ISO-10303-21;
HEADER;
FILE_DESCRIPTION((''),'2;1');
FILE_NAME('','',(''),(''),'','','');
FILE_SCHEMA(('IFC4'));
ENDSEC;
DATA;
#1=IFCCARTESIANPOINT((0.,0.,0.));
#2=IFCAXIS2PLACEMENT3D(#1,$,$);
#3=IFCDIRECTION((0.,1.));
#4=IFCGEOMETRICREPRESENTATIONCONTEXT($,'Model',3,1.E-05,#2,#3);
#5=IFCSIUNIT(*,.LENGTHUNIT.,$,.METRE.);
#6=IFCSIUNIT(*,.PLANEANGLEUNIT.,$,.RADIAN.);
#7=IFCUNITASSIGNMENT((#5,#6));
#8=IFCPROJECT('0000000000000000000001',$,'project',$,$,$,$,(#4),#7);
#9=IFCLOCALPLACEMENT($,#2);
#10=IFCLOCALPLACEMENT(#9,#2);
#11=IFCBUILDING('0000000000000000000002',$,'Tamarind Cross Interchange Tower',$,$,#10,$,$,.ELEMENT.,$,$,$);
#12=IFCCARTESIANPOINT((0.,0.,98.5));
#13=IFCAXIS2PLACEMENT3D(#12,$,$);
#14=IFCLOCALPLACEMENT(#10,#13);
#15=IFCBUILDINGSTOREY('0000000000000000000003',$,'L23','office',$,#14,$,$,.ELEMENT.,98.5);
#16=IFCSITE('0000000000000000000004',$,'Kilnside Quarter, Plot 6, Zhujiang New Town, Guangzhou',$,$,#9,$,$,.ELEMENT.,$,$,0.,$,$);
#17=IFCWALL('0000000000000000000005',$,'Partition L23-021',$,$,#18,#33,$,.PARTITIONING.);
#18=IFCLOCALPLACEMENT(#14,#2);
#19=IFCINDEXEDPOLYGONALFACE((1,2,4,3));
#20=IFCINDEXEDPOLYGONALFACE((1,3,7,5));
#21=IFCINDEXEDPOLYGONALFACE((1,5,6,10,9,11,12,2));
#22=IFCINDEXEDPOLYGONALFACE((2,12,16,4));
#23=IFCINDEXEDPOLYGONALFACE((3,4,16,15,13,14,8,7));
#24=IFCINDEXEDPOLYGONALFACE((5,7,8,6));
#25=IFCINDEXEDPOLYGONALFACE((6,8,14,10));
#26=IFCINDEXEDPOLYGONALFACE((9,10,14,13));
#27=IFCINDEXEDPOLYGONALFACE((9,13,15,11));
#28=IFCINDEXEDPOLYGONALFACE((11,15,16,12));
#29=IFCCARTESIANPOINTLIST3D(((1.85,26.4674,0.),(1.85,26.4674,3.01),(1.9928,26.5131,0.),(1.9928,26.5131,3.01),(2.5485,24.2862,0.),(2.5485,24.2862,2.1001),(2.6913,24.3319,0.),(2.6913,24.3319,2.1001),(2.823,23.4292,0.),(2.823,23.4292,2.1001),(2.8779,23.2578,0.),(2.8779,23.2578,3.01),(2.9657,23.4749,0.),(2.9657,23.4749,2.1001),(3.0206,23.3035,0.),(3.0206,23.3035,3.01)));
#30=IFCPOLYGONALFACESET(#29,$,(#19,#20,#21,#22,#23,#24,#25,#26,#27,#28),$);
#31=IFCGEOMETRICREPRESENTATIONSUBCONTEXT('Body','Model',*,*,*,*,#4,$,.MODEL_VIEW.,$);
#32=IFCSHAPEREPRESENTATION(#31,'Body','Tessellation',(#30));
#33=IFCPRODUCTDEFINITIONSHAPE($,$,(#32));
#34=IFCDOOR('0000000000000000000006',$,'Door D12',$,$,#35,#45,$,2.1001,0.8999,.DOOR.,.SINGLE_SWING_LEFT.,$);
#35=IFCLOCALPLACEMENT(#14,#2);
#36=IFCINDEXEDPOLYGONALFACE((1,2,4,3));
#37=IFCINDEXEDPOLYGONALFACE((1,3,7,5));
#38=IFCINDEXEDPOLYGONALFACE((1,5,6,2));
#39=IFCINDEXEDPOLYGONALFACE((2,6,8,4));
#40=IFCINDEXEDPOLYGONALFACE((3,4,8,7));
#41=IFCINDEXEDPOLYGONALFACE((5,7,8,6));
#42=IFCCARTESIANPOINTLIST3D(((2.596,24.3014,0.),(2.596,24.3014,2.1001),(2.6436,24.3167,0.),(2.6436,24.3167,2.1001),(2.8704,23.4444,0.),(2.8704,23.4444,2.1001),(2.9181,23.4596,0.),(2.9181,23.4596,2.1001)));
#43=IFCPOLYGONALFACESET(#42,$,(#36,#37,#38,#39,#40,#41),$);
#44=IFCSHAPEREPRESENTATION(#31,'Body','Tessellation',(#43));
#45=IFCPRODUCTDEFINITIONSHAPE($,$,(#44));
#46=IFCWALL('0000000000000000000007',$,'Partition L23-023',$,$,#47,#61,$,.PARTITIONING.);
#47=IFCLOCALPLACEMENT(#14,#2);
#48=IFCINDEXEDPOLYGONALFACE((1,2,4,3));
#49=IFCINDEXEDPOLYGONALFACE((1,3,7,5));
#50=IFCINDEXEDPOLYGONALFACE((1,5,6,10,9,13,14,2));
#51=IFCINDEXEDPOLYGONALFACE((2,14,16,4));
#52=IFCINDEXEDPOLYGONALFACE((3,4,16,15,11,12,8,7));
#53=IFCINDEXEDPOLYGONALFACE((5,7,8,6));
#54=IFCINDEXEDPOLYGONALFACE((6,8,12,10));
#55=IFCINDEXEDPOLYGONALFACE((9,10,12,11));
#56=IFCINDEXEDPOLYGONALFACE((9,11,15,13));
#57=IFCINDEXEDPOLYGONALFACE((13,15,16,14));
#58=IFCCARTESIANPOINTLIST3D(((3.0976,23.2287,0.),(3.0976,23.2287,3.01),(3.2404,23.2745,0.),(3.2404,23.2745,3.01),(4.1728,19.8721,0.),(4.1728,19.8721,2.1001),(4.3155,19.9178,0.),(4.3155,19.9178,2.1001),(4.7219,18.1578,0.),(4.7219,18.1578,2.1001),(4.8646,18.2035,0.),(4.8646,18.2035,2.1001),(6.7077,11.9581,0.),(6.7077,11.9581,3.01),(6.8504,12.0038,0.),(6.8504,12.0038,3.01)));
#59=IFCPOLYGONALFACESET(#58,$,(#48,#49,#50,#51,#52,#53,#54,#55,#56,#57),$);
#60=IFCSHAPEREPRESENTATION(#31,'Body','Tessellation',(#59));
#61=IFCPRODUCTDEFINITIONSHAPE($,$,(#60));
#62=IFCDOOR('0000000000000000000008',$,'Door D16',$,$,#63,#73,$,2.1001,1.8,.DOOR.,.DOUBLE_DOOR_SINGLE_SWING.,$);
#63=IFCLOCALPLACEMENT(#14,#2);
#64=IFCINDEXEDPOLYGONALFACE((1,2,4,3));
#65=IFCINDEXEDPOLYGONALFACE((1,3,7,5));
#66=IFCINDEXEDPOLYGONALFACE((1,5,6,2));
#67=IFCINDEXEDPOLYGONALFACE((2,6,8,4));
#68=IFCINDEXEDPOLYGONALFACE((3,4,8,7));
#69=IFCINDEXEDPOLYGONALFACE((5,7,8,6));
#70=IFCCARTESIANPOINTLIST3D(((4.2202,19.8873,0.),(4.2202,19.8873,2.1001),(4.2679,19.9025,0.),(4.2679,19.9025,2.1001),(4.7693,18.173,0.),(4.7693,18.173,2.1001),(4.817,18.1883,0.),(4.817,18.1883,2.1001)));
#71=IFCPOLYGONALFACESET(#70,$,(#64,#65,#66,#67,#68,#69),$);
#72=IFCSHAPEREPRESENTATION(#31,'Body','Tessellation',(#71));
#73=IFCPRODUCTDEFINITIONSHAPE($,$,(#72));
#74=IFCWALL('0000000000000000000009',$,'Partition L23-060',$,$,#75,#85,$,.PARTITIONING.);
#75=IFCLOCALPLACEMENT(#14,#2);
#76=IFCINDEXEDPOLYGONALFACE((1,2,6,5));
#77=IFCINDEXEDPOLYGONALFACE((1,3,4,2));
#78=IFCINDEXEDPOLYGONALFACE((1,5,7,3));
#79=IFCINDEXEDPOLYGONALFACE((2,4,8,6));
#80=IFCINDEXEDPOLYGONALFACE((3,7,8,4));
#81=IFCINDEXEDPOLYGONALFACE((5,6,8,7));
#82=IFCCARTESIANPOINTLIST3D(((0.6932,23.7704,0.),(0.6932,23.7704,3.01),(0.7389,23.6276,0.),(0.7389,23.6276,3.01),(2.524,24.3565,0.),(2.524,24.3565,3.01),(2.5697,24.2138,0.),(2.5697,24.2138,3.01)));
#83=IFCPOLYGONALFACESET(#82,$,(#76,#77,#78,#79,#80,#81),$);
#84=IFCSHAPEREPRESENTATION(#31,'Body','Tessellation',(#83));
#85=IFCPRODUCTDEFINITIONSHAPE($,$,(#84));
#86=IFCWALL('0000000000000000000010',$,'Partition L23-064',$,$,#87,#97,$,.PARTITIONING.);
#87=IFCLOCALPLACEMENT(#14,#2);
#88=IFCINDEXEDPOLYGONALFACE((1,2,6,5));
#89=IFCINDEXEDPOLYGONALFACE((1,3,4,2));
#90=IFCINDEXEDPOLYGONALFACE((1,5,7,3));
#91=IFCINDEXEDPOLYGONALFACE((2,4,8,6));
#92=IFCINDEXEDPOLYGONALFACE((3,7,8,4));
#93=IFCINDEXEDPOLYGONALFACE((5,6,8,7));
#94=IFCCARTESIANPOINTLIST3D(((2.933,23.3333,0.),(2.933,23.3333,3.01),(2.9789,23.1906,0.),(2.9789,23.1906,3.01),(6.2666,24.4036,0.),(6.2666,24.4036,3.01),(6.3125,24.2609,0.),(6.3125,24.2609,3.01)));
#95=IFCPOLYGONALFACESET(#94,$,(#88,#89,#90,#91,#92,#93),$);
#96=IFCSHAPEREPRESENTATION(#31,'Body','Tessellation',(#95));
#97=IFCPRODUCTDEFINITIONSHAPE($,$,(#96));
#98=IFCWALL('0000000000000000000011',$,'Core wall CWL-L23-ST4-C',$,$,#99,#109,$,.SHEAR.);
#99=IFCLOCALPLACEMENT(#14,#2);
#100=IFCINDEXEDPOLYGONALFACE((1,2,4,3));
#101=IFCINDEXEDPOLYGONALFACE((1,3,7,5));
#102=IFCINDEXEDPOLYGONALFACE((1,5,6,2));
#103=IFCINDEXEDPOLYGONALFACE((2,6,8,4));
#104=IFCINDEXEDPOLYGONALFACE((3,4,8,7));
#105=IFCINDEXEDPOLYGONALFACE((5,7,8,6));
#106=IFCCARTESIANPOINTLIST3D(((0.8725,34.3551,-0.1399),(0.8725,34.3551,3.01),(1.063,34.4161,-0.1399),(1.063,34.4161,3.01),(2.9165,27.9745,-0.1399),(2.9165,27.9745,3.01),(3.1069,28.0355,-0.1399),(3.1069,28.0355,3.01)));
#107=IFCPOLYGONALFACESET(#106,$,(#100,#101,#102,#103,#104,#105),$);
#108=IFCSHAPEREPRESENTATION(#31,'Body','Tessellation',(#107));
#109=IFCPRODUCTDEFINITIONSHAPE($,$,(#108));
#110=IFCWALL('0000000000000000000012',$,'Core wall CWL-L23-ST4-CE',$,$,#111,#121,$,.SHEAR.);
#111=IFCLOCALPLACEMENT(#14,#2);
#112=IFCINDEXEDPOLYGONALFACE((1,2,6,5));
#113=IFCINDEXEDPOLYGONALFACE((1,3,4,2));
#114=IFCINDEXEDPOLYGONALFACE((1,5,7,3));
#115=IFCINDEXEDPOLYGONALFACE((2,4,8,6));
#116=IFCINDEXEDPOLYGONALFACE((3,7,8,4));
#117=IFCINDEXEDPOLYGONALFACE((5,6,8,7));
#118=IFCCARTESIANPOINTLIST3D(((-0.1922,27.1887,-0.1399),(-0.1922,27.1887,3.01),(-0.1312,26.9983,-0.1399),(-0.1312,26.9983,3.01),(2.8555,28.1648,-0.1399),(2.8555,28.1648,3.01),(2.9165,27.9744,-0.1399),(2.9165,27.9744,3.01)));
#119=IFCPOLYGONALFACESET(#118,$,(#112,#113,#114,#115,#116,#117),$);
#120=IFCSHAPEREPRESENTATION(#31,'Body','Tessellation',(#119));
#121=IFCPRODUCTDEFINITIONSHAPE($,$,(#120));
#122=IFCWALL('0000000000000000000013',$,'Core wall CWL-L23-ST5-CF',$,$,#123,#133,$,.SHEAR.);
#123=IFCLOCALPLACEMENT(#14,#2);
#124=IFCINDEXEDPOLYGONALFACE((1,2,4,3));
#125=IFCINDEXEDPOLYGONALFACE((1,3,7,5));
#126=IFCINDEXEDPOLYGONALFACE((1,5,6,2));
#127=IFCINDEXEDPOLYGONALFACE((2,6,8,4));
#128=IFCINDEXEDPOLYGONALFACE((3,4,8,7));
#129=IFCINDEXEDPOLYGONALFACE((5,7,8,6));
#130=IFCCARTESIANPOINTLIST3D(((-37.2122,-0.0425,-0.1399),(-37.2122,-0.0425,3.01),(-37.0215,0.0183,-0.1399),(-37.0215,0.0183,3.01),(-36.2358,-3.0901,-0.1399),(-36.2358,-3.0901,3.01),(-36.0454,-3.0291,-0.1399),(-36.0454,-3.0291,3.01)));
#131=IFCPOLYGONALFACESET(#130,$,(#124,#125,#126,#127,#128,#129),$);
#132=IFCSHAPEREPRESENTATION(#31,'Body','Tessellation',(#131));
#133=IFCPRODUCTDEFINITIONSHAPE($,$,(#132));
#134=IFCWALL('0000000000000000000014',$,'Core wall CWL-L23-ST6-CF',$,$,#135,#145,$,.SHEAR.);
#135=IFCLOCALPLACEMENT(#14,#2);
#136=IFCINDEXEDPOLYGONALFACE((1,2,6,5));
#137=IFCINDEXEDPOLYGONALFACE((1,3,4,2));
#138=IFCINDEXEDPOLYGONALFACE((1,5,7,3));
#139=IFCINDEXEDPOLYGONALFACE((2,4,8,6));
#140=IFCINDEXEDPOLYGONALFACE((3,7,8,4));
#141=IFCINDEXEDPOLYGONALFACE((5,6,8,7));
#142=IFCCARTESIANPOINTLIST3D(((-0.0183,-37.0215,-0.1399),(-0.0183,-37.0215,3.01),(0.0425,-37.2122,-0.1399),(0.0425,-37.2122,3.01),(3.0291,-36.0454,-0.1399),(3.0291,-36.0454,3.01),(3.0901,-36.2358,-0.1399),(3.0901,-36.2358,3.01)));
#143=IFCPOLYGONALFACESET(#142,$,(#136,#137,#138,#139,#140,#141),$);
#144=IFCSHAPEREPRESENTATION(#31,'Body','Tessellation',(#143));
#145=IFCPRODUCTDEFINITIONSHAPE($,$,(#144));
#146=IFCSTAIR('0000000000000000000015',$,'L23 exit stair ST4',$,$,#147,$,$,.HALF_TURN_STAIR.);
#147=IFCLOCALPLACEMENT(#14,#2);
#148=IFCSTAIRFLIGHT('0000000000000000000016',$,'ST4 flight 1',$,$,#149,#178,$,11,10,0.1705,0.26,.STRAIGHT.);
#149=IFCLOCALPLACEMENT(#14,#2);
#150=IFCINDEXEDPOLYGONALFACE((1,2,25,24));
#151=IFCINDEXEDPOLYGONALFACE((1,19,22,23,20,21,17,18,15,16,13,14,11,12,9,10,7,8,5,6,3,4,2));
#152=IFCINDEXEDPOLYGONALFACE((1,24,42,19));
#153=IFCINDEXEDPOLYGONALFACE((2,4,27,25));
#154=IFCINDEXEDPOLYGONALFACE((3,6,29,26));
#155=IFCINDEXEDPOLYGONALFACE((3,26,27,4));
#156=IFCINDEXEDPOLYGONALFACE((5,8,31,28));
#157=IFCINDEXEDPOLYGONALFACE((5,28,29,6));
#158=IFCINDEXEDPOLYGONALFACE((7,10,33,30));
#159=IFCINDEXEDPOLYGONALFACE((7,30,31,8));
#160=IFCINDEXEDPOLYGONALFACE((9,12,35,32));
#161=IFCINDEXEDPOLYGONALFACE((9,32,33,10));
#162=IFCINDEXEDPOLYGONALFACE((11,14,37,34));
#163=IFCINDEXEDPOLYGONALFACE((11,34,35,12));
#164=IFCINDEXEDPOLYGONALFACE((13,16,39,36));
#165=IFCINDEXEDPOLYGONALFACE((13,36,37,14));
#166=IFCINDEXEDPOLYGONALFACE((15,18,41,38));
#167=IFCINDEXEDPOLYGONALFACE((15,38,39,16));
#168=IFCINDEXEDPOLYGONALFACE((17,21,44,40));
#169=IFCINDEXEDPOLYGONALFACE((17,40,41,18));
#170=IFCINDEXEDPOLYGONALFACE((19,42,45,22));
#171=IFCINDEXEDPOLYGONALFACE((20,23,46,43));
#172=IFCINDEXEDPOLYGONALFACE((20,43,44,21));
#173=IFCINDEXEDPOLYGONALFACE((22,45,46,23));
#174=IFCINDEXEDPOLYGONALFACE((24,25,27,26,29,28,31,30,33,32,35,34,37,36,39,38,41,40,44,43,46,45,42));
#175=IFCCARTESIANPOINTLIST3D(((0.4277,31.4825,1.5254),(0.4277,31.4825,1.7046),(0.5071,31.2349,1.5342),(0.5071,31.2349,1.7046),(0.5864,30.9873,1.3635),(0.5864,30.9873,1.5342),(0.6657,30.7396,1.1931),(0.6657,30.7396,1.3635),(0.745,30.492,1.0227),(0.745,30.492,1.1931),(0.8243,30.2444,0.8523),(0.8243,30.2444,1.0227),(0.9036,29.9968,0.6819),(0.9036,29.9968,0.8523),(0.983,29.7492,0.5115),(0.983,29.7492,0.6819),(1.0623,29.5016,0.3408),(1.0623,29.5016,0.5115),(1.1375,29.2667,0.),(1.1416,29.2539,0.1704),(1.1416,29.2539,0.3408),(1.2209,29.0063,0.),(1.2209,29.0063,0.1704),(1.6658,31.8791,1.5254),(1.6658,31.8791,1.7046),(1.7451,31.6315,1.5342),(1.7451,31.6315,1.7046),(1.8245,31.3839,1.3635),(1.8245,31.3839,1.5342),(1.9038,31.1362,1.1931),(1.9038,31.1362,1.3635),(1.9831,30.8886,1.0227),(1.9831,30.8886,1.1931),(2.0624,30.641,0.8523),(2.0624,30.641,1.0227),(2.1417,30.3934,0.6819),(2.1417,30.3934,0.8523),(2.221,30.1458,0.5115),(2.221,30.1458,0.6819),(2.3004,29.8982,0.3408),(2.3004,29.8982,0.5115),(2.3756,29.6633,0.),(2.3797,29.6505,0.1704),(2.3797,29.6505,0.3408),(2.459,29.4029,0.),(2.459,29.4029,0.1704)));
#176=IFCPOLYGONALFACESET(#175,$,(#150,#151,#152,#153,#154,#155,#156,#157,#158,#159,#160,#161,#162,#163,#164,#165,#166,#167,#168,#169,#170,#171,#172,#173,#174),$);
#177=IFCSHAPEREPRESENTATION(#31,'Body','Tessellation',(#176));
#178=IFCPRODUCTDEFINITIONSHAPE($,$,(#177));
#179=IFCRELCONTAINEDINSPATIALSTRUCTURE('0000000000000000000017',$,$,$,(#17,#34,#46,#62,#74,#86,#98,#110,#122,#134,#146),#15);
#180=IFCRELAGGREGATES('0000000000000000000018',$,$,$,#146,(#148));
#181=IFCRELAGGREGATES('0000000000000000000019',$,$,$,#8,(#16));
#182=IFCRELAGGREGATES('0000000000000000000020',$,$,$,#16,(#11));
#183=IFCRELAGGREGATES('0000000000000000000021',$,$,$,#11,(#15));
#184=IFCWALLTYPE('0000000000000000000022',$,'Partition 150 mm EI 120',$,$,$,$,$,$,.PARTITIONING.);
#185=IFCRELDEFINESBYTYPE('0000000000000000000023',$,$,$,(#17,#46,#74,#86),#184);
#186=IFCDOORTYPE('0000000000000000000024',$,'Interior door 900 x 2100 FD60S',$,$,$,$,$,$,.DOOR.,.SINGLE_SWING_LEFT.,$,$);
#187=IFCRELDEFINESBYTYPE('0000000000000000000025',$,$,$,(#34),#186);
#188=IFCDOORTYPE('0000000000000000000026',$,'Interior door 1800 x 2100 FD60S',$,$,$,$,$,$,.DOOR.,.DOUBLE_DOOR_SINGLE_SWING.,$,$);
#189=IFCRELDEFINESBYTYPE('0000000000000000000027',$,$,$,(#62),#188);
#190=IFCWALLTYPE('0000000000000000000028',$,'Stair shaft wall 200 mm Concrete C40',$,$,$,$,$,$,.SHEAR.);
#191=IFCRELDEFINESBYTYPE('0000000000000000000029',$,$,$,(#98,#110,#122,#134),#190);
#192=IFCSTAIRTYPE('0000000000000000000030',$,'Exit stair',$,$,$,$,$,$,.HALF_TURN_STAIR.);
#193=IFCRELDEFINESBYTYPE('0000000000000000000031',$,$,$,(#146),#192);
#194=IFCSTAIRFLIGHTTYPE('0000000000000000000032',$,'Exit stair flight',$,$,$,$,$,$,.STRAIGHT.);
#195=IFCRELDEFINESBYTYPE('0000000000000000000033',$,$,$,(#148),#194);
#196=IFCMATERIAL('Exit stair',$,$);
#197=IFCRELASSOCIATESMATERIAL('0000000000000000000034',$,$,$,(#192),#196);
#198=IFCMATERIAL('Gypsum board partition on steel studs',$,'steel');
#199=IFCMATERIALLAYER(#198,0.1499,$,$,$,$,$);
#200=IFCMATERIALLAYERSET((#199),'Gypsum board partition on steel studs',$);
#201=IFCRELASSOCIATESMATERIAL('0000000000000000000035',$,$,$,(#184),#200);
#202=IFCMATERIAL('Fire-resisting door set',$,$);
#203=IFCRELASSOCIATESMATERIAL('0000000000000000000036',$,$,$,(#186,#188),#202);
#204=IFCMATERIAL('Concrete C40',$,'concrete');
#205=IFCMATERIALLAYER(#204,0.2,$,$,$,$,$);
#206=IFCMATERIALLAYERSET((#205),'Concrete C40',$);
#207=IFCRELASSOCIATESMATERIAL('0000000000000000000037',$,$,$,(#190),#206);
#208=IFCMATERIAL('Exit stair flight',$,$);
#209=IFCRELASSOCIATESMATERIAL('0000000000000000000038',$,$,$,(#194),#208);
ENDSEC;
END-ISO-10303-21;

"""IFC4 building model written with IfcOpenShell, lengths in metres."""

from ifc_helpers import new_model, si_unit, direction, frame, frame_2d, origin, place, context, subcontext, project, spatial, polyline, rectangle, outline, extrude, material, layer, layer_set, type_object, element, fill, aggregate, save


model = new_model("IFC4")

# Units and contexts
model_context = context("Model", 3, precision=1e-05, world=origin(), true_north=direction((0.0, 1.0)))
body_context = subcontext(model_context, "Body", "Model", "MODEL_VIEW")
ifc_project = project(units=[si_unit("LENGTHUNIT", "METRE"), si_unit("PLANEANGLEUNIT", "RADIAN")], contexts=[model_context])

# Site, building, storey
site_placement = place(None, origin())
site = spatial("IfcSite", under=ifc_project, at=site_placement, Name="Kilnside Quarter, Plot 6, Zhujiang New Town, Guangzhou", CompositionType="ELEMENT", RefElevation=0.0)
building_placement = place(site_placement, origin())
building = spatial("IfcBuilding", under=site, at=building_placement, Name="Tamarind Cross Interchange Tower", CompositionType="ELEMENT")
storey_placement = place(building_placement, frame((0.0, 0.0, 98.5)))
storey = spatial("IfcBuildingStorey", under=building, at=storey_placement, Name="L23", Description="office", CompositionType="ELEMENT", Elevation=98.5)

# Shared definitions
ifc_material_1 = material(Name="Exit stair")
stair_type = type_object("IfcStairType", Name="Exit stair", PredefinedType="HALF_TURN_STAIR", material=ifc_material_1)
ifc_material_2 = material(Name="Concrete C40", Category="concrete")

# Shared definitions
ifc_material_3 = material(Name="Gypsum board partition on steel studs", Category="steel")

# Walls, openings, doors
ifc_layer_1 = layer(ifc_material_3, 0.1499)
ifc_layer_set_1 = layer_set([ifc_layer_1], Name="Gypsum board partition on steel studs")
wall_type_1 = type_object("IfcWallType", Name="Partition 150 mm EI 120", PredefinedType="PARTITIONING", material=ifc_layer_set_1)
wall_1_placement = place(storey_placement, frame((1.9214, 26.4902, 0.0), z_axis=(0.0, 0.0, 1.0), x_axis=(0.304991, -0.952355, 0.0)))
wall_1 = element("IfcWall", 1, at=wall_1_placement, inside=storey, type_object=wall_type_1, Name="Partition L23-021", PredefinedType="PARTITIONING", context=body_context, shape_type="SweptSolid", body=[
    extrude(rectangle(XDim=3.3701, YDim=0.1499, at=frame_2d((1.6851, 0.0))), origin(), (0.0, 0.0, 1.0), 3.01),
])
opening_1_placement = place(wall_1_placement, frame((2.2903, 0.0, 0.0)))
opening_1 = element("IfcOpeningElement", 2, at=opening_1_placement, cuts=wall_1, PredefinedType="OPENING", context=body_context, shape_type="SweptSolid", body=[
    extrude(rectangle(XDim=0.8999, YDim=2.1001, at=frame_2d((0.45, 1.05))), frame((0.0, 0.085, 0.0), z_axis=(0.0, -1.0, 0.0), x_axis=(1.0, 0.0, 0.0)), (0.0, 0.0, 1.0), 0.1699),
])
ifc_material_4 = material(Name="Fire-resisting door set")
door_type_1 = type_object("IfcDoorType", Name="Interior door 900 x 2100 FD60S", OperationType="SINGLE_SWING_LEFT", PredefinedType="DOOR", material=ifc_material_4)
door_1_placement = place(opening_1_placement, origin())
door_1 = element("IfcDoor", 3, at=door_1_placement, inside=storey, type_object=door_type_1, Name="Door D12", OperationType="SINGLE_SWING_LEFT", OverallHeight=2.1001, OverallWidth=0.8999, PredefinedType="DOOR", context=body_context, shape_type="SweptSolid", body=[
    extrude(rectangle(XDim=0.8999, YDim=2.1001, at=frame_2d((0.45, 1.05))), frame((0.0, 0.0249, 0.0), z_axis=(0.0, -1.0, 0.0), x_axis=(1.0, 0.0, 0.0)), (0.0, 0.0, 1.0), 0.05),
])
fill(opening_1, door_1)
wall_2_placement = place(storey_placement, frame((3.1689, 23.2517, 0.0), z_axis=(0.0, 0.0, 1.0), x_axis=(0.305041, -0.952339, 0.0)))
wall_2 = element("IfcWall", 4, at=wall_2_placement, inside=storey, type_object=wall_type_1, Name="Partition L23-023", PredefinedType="PARTITIONING", context=body_context, shape_type="SweptSolid", body=[
    extrude(rectangle(XDim=11.8347, YDim=0.1499, at=frame_2d((5.9175, 0.0))), origin(), (0.0, 0.0, 1.0), 3.01),
])
opening_2_placement = place(wall_2_placement, frame((3.5249, 0.0, 0.0)))
opening_2 = element("IfcOpeningElement", 5, at=opening_2_placement, cuts=wall_2, PredefinedType="OPENING", context=body_context, shape_type="SweptSolid", body=[
    extrude(rectangle(XDim=1.8, YDim=2.1001, at=frame_2d((0.8999, 1.05))), frame((0.0, 0.085, 0.0), z_axis=(0.0, -1.0, 0.0), x_axis=(1.0, 0.0, 0.0)), (0.0, 0.0, 1.0), 0.1699),
])
door_type_2 = type_object("IfcDoorType", Name="Interior door 1800 x 2100 FD60S", OperationType="DOUBLE_DOOR_SINGLE_SWING", PredefinedType="DOOR", material=ifc_material_4)
door_2_placement = place(opening_2_placement, origin())
door_2 = element("IfcDoor", 6, at=door_2_placement, inside=storey, type_object=door_type_2, Name="Door D16", OperationType="DOUBLE_DOOR_SINGLE_SWING", OverallHeight=2.1001, OverallWidth=1.8, PredefinedType="DOOR", context=body_context, shape_type="SweptSolid", body=[
    extrude(rectangle(XDim=1.8, YDim=2.1001, at=frame_2d((0.8999, 1.05))), frame((0.0, 0.0249, 0.0), z_axis=(0.0, -1.0, 0.0), x_axis=(1.0, 0.0, 0.0)), (0.0, 0.0, 1.0), 0.05),
])
fill(opening_2, door_2)

# Walls
wall_3_placement = place(storey_placement, frame((0.7161, 23.699, 0.0), z_axis=(0.0, 0.0, 1.0), x_axis=(0.952375, 0.304928, 0.0)))
element("IfcWall", 7, at=wall_3_placement, inside=storey, type_object=wall_type_1, Name="Partition L23-060", PredefinedType="PARTITIONING", context=body_context, shape_type="SweptSolid", body=[
    extrude(rectangle(XDim=1.9224, YDim=0.1499, at=frame_2d((0.9612, 0.0))), origin(), (0.0, 0.0, 1.0), 3.01),
])
wall_4_placement = place(storey_placement, frame((2.9561, 23.262, 0.0), z_axis=(0.0, 0.0, 1.0), x_axis=(0.952126, 0.305707, 0.0)))
element("IfcWall", 8, at=wall_4_placement, inside=storey, type_object=wall_type_1, Name="Partition L23-064", PredefinedType="PARTITIONING", context=body_context, shape_type="SweptSolid", body=[
    extrude(rectangle(XDim=3.5012, YDim=0.1499, at=frame_2d((1.7505, 0.0))), origin(), (0.0, 0.0, 1.0), 3.01),
])
ifc_layer_2 = layer(ifc_material_2, 0.2)
ifc_layer_set_2 = layer_set([ifc_layer_2], Name="Concrete C40")
wall_type_2 = type_object("IfcWallType", Name="Stair shaft wall 200 mm Concrete C40", PredefinedType="SHEAR", material=ifc_layer_set_2)
wall_5_placement = place(storey_placement, frame((3.0117, 28.0049, -0.1399), z_axis=(0.0, 0.0, 1.0), x_axis=(-0.305067, 0.952331, 0.0)))
element("IfcWall", 9, at=wall_5_placement, inside=storey, type_object=wall_type_2, Name="Core wall CWL-L23-ST4-C", PredefinedType="SHEAR", context=body_context, shape_type="SweptSolid", body=[
    extrude(rectangle(XDim=6.7, YDim=0.2, at=frame_2d((3.3501, 0.0))), origin(), (0.0, 0.0, 1.0), 3.1499),
])
wall_6_placement = place(storey_placement, frame((2.886, 28.0696, -0.1399), z_axis=(0.0, 0.0, 1.0), x_axis=(-0.952348, -0.305014, 0.0)))
element("IfcWall", 10, at=wall_6_placement, inside=storey, type_object=wall_type_2, Name="Core wall CWL-L23-ST4-CE", PredefinedType="SHEAR", context=body_context, shape_type="SweptSolid", body=[
    extrude(rectangle(XDim=3.2002, YDim=0.2, at=frame_2d((1.6001, 0.0))), origin(), (0.0, 0.0, 1.0), 3.1499),
])
wall_7_placement = place(storey_placement, frame((0.0, 0.0, -0.1399)))
element("IfcWall", 11, at=wall_7_placement, inside=storey, type_object=wall_type_2, Name="Core wall CWL-L23-ST5-CF", PredefinedType="SHEAR", context=body_context, shape_type="SweptSolid", body=[
    extrude(outline(polyline([(-37.0215, 0.0183), (-37.2122, -0.0425), (-36.2358, -3.0901), (-36.0454, -3.0291), (-37.0215, 0.0183)])), origin(), (0.0, 0.0, 1.0), 3.1499),
])
wall_8_placement = place(storey_placement, frame((0.0, 0.0, -0.1399)))
element("IfcWall", 12, at=wall_8_placement, inside=storey, type_object=wall_type_2, Name="Core wall CWL-L23-ST6-CF", PredefinedType="SHEAR", context=body_context, shape_type="SweptSolid", body=[
    extrude(outline(polyline([(-0.0183, -37.0215), (0.0425, -37.2122), (3.0901, -36.2358), (3.0291, -36.0454), (-0.0183, -37.0215)])), origin(), (0.0, 0.0, 1.0), 3.1499),
])

# Stair, stair flight
stair_1_placement = place(storey_placement, origin())
stair_1 = element("IfcStair", 13, at=stair_1_placement, inside=storey, type_object=stair_type, Name="L23 exit stair ST4", PredefinedType="HALF_TURN_STAIR")
ifc_material_5 = material(Name="Exit stair flight")
stair_flight_type = type_object("IfcStairFlightType", Name="Exit stair flight", PredefinedType="STRAIGHT", material=ifc_material_5)
stair_flight_placement = place(storey_placement, frame((1.8398, 29.2046, 0.0), z_axis=(0.0, 0.0, 1.0), x_axis=(-0.305057, 0.952334, 0.0)))
stair_flight = element("IfcStairFlight", 14, at=stair_flight_placement, type_object=stair_flight_type, Name="ST4 flight 1", NumberOfRisers=11, NumberOfTreads=10, PredefinedType="STRAIGHT", RiserHeight=0.1705, TreadLength=0.26, context=body_context, shape_type="SweptSolid", body=[
    extrude(outline(polyline([(0.0, 0.0), (0.0, 0.1704), (0.26, 0.1704), (0.26, 0.3408), (0.52, 0.3408), (0.52, 0.5115), (0.78, 0.5115), (0.78, 0.6819), (1.04, 0.6819), (1.04, 0.8523), (1.3, 0.8523), (1.3, 1.0227), (1.5601, 1.0227), (1.5601, 1.1931), (1.8201, 1.1931), (1.8201, 1.3635), (2.0801, 1.3635), (2.0801, 1.5342), (2.3401, 1.5342), (2.3401, 1.7046), (2.6001, 1.7046), (2.6001, 1.875), (2.6001, 1.5254), (0.2734, 0.0), (0.0, 0.0)])), frame((0.0, 0.6499, 0.0), z_axis=(0.0, -1.0, 0.0), x_axis=(1.0, 0.0, 0.0)), (0.0, 0.0, 1.0), 1.3),
])
aggregate(stair_1, [stair_flight])

save(model, "model.ifc")
